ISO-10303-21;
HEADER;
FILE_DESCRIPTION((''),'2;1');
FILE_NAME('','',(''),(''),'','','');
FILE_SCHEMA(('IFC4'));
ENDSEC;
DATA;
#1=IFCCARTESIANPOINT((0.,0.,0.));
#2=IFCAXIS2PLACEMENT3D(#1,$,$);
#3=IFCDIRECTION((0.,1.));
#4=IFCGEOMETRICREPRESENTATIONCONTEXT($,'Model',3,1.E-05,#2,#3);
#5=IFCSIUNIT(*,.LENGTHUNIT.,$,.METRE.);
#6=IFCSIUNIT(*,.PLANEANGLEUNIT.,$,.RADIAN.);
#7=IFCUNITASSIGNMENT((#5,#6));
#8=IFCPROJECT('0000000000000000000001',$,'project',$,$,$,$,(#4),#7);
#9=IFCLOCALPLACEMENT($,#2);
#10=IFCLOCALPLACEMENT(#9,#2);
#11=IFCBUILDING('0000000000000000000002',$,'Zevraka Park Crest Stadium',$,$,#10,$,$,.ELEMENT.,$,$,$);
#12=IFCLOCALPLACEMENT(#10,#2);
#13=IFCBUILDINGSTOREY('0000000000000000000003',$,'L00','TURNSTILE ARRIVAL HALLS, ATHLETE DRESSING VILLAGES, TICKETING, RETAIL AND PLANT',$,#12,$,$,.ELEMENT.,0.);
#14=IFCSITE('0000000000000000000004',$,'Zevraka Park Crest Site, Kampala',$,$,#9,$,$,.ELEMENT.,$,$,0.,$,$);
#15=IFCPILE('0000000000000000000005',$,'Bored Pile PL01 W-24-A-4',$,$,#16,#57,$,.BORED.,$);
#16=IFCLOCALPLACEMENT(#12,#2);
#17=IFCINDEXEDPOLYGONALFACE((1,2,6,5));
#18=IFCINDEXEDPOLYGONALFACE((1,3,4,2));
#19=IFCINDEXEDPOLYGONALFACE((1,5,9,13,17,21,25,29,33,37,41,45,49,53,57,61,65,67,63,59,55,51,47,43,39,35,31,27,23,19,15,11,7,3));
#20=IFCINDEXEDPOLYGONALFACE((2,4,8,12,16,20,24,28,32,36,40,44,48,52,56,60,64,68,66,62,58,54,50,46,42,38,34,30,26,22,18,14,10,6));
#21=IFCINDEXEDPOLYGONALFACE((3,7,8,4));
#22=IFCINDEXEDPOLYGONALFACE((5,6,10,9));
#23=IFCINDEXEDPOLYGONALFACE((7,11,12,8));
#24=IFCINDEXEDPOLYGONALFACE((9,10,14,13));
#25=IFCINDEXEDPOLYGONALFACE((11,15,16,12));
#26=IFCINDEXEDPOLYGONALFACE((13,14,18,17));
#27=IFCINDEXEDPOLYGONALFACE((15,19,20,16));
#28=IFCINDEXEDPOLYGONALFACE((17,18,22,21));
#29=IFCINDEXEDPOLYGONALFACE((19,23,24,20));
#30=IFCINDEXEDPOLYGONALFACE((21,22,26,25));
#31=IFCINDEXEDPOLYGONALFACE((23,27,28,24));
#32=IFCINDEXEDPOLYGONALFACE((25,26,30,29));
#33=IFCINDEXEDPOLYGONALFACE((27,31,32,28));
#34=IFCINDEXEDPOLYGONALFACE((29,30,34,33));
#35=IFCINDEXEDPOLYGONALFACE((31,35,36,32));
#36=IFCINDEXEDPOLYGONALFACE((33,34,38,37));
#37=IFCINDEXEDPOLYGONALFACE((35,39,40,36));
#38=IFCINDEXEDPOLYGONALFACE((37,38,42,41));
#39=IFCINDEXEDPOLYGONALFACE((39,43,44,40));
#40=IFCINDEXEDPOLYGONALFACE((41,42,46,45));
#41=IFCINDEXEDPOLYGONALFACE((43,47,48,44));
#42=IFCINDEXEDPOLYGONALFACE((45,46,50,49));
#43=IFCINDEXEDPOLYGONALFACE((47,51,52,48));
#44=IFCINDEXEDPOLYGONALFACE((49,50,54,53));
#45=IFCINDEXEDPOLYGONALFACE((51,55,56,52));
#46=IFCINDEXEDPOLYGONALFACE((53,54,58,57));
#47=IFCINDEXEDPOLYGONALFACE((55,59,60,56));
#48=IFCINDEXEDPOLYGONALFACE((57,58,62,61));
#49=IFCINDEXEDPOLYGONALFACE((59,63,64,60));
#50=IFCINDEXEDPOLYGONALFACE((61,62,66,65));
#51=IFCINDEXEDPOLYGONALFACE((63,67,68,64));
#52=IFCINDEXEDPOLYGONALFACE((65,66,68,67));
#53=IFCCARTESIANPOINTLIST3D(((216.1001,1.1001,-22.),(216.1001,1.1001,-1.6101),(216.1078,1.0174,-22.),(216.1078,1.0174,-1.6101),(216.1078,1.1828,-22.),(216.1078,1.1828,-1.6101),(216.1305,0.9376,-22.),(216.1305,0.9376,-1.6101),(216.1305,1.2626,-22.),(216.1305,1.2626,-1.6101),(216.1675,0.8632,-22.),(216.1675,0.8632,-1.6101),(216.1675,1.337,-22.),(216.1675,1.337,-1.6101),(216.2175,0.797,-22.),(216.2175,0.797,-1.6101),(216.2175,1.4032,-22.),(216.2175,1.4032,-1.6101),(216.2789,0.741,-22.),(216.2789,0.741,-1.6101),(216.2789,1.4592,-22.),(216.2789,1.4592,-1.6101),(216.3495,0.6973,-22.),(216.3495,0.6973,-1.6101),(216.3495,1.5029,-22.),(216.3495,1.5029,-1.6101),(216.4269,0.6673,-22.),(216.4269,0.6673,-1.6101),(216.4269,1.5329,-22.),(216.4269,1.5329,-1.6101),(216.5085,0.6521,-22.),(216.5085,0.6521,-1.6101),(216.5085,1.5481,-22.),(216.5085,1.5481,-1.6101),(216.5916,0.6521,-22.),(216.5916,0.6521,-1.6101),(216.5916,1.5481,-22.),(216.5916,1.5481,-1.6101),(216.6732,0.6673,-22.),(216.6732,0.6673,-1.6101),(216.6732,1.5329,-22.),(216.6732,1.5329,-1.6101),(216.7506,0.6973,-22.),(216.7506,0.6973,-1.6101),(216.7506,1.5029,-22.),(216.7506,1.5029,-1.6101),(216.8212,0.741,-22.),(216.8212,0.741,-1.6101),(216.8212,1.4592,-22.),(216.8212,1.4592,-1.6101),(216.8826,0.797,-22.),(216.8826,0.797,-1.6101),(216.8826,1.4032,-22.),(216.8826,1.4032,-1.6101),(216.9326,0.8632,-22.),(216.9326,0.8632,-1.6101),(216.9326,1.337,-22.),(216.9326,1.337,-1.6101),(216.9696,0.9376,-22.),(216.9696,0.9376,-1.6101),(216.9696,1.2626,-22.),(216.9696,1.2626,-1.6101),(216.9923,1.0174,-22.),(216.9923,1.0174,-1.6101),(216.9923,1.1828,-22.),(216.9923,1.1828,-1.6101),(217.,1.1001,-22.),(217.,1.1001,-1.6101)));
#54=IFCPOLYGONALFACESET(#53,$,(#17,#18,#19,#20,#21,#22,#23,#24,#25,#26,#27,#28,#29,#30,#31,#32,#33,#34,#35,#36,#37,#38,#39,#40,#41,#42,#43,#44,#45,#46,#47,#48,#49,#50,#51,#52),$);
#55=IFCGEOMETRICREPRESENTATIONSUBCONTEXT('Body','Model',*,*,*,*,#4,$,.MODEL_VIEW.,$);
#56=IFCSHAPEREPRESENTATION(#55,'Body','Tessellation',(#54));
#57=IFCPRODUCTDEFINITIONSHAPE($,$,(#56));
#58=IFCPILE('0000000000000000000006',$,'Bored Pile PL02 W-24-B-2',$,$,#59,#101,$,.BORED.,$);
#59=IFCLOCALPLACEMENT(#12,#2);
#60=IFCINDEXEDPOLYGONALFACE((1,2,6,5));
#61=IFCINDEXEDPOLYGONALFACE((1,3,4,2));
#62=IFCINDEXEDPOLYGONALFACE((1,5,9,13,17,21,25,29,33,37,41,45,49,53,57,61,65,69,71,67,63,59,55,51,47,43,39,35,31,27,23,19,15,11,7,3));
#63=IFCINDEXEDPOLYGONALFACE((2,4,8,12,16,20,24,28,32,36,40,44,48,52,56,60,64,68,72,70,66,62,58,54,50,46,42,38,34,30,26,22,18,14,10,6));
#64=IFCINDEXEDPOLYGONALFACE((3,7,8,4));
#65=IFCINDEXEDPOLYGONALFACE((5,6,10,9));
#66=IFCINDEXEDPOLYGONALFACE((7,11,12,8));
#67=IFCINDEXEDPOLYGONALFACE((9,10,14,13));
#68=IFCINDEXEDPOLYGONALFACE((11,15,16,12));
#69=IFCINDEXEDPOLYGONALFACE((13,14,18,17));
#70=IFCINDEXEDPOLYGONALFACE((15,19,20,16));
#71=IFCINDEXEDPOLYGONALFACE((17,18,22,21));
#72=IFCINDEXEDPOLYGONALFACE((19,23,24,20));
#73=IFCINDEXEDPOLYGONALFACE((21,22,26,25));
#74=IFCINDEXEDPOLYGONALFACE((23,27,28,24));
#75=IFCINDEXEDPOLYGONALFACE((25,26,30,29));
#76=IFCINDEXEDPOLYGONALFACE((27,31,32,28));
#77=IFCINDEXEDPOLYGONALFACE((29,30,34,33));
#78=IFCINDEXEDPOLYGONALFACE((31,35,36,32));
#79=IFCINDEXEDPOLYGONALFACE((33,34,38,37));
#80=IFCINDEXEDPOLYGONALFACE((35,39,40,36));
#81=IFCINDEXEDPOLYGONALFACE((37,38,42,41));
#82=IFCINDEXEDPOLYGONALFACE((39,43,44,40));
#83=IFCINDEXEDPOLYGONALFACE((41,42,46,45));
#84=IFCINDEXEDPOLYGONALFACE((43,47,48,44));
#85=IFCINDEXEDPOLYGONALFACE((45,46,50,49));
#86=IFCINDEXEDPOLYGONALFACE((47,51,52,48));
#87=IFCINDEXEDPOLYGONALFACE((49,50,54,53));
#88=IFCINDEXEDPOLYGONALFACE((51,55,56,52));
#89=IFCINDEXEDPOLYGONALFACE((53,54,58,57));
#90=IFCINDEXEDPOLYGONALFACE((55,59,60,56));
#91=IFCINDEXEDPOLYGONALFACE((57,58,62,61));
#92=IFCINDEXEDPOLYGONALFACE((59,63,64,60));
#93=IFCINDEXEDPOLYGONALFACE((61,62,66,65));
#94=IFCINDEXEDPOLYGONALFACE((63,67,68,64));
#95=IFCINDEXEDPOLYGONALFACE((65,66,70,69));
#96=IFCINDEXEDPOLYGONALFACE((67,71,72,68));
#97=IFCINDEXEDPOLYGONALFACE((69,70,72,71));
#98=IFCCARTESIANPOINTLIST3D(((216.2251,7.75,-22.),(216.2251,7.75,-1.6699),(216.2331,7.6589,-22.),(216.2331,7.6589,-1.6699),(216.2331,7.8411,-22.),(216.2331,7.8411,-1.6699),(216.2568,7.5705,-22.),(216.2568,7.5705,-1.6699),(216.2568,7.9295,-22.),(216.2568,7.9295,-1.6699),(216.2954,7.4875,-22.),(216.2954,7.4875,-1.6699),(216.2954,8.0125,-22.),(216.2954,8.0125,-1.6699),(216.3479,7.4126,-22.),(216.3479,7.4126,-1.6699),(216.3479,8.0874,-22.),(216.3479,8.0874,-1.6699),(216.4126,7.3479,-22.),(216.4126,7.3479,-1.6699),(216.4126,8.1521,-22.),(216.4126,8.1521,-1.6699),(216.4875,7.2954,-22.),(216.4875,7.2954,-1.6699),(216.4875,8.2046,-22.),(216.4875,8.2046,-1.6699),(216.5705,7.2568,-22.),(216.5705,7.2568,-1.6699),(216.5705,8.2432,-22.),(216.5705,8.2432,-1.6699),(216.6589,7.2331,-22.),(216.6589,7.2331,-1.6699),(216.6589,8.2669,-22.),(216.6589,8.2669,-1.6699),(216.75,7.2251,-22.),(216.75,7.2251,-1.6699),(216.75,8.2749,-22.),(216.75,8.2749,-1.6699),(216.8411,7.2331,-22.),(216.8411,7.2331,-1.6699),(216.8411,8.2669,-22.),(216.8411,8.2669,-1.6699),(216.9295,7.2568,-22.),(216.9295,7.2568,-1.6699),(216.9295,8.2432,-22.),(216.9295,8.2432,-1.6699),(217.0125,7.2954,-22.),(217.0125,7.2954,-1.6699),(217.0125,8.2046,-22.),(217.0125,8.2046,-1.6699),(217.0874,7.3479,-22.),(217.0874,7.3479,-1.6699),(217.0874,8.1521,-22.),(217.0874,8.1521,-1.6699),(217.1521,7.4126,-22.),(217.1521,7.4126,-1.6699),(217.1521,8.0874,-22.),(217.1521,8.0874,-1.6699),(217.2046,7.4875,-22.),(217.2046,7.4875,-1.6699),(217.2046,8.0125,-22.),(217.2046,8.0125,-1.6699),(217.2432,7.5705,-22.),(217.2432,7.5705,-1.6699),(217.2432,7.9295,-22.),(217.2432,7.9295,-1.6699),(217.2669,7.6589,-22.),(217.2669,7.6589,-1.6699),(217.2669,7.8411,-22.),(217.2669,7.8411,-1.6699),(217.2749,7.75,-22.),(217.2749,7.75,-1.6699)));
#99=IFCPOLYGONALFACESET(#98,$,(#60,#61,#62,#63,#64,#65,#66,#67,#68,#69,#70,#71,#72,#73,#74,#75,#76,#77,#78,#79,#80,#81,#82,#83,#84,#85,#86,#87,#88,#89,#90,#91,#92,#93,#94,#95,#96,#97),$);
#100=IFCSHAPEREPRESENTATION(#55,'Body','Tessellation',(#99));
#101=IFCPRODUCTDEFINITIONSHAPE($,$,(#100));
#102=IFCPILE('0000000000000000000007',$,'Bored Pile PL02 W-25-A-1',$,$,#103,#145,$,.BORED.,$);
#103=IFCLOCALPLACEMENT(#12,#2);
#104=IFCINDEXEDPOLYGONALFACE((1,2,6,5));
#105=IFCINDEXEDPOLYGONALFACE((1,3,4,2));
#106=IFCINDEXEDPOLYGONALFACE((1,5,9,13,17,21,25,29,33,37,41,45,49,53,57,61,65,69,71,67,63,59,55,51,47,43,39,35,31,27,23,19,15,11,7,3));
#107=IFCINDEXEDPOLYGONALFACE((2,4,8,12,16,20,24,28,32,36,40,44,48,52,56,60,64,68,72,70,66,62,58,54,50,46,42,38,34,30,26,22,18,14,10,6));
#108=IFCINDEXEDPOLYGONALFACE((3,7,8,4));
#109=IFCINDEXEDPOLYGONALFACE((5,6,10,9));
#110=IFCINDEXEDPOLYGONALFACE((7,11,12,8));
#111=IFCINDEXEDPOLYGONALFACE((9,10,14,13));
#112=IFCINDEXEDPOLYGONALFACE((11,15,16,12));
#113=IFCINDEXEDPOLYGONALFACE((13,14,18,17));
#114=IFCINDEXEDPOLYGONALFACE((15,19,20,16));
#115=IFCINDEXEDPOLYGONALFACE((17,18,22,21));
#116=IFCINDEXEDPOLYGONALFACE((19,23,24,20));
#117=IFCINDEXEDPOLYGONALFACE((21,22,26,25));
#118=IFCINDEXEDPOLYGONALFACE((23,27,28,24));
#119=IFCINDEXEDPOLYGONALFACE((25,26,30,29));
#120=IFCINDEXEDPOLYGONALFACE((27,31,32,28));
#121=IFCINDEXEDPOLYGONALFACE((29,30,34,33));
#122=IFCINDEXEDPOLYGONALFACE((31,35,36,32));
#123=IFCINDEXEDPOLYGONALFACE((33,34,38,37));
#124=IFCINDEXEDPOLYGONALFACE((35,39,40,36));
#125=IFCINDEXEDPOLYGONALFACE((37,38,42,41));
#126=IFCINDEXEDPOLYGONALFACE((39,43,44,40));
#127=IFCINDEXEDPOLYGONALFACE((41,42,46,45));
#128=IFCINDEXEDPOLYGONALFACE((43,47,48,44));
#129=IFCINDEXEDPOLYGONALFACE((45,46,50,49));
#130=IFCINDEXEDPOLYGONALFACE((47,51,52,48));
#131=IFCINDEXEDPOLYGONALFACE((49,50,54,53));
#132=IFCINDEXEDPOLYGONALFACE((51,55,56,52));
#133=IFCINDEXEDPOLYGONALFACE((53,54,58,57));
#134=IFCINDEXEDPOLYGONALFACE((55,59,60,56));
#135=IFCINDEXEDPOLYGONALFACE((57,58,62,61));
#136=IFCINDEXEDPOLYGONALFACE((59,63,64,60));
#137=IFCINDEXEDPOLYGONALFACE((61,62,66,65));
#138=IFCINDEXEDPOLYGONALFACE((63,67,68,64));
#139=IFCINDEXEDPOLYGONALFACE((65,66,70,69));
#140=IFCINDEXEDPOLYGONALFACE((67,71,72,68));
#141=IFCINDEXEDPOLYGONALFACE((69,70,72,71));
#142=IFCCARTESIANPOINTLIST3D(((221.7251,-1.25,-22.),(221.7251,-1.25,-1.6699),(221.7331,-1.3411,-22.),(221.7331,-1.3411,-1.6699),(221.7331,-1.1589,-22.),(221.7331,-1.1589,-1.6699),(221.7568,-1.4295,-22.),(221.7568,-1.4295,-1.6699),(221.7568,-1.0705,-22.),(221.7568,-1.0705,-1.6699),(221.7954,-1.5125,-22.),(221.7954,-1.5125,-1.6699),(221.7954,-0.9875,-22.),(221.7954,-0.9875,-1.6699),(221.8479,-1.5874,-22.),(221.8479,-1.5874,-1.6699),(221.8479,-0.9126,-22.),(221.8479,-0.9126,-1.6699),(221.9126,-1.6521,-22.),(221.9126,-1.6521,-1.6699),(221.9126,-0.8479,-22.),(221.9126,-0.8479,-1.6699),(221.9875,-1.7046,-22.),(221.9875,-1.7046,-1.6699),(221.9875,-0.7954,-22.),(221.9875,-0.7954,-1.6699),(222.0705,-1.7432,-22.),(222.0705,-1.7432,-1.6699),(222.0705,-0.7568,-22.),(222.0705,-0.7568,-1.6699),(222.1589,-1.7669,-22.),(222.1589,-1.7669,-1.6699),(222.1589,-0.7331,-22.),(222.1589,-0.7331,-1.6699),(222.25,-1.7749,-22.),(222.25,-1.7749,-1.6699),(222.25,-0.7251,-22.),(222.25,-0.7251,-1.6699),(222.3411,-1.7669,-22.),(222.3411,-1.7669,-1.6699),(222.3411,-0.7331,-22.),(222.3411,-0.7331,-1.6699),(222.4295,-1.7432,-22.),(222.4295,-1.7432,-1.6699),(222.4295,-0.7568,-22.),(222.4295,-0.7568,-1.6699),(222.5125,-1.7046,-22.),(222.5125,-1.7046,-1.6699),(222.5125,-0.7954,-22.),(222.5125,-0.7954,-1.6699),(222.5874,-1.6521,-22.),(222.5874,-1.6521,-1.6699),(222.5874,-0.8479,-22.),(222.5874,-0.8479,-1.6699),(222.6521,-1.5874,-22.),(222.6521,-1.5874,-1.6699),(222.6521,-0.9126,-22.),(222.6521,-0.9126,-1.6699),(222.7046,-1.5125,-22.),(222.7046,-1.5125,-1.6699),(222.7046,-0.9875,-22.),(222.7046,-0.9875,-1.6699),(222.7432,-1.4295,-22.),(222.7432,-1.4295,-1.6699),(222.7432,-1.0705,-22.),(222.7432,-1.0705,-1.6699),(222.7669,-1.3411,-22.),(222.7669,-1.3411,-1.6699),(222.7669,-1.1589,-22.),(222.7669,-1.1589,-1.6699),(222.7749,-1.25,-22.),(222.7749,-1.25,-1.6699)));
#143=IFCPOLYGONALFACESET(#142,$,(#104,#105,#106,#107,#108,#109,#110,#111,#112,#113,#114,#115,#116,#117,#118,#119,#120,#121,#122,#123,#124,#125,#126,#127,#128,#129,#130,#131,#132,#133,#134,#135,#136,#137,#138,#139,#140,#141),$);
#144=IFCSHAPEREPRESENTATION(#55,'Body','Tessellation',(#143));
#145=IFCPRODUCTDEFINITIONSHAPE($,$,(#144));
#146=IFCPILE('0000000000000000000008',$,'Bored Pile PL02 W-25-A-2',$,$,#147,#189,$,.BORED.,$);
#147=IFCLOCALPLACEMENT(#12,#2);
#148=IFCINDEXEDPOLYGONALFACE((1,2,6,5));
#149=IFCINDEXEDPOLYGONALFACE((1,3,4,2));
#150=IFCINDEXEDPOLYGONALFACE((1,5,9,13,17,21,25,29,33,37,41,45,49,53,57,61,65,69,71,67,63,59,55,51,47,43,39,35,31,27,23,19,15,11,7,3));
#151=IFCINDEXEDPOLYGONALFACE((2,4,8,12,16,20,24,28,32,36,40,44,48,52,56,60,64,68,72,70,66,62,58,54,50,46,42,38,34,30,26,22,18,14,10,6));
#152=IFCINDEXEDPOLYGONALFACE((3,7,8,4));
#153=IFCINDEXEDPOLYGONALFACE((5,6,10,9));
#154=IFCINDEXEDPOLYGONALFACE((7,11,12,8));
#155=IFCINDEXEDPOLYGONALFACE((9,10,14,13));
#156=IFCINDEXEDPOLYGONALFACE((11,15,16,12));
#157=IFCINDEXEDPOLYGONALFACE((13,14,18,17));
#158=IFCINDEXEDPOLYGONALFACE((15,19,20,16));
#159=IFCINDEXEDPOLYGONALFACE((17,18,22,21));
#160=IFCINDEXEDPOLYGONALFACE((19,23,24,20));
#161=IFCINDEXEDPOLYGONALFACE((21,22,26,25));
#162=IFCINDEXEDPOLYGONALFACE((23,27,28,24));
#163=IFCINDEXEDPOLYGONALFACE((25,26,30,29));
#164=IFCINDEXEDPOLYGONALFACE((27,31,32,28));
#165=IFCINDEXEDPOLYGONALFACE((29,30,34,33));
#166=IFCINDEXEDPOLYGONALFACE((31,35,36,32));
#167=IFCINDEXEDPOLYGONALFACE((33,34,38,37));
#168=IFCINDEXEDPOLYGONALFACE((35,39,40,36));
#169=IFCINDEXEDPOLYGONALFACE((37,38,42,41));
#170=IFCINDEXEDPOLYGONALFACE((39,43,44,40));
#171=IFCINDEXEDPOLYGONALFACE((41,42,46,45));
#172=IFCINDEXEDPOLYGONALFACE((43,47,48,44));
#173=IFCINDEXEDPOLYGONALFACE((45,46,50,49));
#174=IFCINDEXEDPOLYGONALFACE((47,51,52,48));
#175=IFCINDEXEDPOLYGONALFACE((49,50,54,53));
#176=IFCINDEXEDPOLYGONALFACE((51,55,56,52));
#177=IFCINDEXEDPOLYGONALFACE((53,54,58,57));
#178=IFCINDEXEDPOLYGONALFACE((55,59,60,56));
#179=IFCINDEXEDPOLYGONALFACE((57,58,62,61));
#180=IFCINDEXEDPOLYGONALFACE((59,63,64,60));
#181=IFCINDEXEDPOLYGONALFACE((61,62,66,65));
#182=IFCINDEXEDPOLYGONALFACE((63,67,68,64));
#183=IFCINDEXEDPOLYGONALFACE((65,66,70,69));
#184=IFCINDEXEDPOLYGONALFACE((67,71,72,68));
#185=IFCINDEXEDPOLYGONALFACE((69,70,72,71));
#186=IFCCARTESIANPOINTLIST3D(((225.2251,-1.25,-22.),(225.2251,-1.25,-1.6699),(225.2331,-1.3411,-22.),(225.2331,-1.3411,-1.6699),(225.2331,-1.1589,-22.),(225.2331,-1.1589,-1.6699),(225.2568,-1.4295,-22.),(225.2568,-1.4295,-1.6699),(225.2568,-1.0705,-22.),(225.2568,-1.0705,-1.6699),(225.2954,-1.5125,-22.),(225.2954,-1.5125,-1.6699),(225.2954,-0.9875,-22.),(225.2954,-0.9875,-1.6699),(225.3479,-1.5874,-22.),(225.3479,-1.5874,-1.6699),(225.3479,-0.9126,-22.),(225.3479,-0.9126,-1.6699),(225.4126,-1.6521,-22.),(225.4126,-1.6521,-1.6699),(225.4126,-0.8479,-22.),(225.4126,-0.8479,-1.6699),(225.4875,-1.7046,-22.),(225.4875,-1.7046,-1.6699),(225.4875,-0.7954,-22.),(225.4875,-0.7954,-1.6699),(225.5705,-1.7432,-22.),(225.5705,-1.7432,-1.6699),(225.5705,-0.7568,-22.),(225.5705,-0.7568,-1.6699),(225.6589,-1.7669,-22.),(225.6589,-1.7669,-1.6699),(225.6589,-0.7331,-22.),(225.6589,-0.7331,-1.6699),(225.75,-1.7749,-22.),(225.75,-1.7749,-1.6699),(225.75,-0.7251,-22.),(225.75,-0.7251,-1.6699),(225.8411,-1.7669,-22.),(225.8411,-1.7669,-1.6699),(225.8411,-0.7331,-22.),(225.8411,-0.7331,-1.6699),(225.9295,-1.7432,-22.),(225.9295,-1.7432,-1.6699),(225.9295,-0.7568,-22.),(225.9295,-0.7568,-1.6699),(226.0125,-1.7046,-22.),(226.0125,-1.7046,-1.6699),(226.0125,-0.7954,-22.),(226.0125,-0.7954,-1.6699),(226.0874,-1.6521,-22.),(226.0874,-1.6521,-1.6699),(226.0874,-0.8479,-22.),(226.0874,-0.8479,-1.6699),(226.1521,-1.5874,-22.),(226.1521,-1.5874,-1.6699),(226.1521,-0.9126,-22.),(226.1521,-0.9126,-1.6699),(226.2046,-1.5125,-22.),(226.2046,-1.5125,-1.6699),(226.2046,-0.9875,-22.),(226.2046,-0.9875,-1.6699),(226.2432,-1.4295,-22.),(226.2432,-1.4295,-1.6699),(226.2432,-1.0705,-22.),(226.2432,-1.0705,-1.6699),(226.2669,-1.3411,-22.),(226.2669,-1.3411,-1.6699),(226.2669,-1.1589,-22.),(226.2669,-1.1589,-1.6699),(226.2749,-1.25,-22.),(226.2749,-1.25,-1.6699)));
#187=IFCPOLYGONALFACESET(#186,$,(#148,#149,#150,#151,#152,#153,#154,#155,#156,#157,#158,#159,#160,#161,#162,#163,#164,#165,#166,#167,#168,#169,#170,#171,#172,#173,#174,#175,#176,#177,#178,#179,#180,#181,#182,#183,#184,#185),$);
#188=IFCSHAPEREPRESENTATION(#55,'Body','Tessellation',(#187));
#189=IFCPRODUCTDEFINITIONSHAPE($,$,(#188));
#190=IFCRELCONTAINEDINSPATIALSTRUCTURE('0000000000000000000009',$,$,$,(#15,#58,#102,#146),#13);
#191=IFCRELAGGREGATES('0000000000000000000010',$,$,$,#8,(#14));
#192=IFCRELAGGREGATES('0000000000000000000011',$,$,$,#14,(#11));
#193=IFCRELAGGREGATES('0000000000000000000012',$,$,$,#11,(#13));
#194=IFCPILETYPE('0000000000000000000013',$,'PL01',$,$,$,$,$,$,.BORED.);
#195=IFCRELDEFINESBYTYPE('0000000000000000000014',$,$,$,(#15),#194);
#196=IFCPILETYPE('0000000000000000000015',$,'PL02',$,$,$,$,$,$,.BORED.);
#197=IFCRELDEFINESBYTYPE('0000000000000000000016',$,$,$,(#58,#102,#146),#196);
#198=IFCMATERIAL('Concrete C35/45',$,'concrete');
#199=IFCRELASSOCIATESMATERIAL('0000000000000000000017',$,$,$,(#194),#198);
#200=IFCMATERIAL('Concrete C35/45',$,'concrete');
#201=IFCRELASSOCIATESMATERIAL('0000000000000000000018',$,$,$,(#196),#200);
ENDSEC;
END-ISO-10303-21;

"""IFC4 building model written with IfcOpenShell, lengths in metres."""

from ifc_helpers import new_model, si_unit, direction, frame, origin, origin_2d, place, context, subcontext, project, spatial, circle, extrude, material, material_profile, profile_set, type_object, element, save


model = new_model("IFC4")

# Units and contexts
model_context = context("Model", 3, precision=1e-05, world=origin(), true_north=direction((0.0, 1.0)))
body_context = subcontext(model_context, "Body", "Model", "MODEL_VIEW")
ifc_project = project(units=[si_unit("LENGTHUNIT", "METRE"), si_unit("PLANEANGLEUNIT", "RADIAN")], contexts=[model_context])

# Site, building, storey
site_placement = place(None, origin())
site = spatial("IfcSite", under=ifc_project, at=site_placement, Name="Zevraka Park Crest Site, Kampala", CompositionType="ELEMENT", RefElevation=0.0)
building_placement = place(site_placement, origin())
building = spatial("IfcBuilding", under=site, at=building_placement, Name="Zevraka Park Crest Stadium", CompositionType="ELEMENT")
storey_placement = place(building_placement, origin())
storey = spatial("IfcBuildingStorey", under=building, at=storey_placement, Name="L00", Description="TURNSTILE ARRIVAL HALLS, ATHLETE DRESSING VILLAGES, TICKETING, RETAIL AND PLANT", CompositionType="ELEMENT", Elevation=0.0)

# Piles
ifc_material_1 = material(Name="Concrete C35/45", Category="concrete")
ifc_material_profile_1 = material_profile(ifc_material_1, circle(Radius=0.45, at=origin_2d()), Name="PILE D900")
ifc_profile_set_1 = profile_set([ifc_material_profile_1], Name="Concrete C35/45")
pile_type_1 = type_object("IfcPileType", Name="PL01", PredefinedType="BORED", material=ifc_profile_set_1)
for number, where, z_axis, x_axis, name in (
    (1, (216.55, 1.1001, -1.6101), (0.0, 0.0, -1.0), (1.0, 0.0, 0.0), "Bored Pile PL01 W-24-A-4"),
):
    element("IfcPile", number, at=place(storey_placement, frame(where, z_axis=z_axis, x_axis=x_axis)), inside=storey, type_object=pile_type_1, Name=name, PredefinedType="BORED", context=body_context, shape_type="SweptSolid", body=[
        extrude(circle(Radius=0.45, at=origin_2d()), origin(), (0.0, 0.0, 1.0), 20.3899),
    ])
ifc_material_2 = material(Name="Concrete C35/45", Category="concrete")
ifc_material_profile_2 = material_profile(ifc_material_2, circle(Radius=0.5249, at=origin_2d()), Name="PILE D1050")
ifc_profile_set_2 = profile_set([ifc_material_profile_2], Name="Concrete C35/45")
pile_type_2 = type_object("IfcPileType", Name="PL02", PredefinedType="BORED", material=ifc_profile_set_2)
for number, where, z_axis, x_axis, name in (
    (2, (216.75, 7.75, -1.6699), (0.0, 0.0, -1.0), (1.0, 0.0, 0.0), "Bored Pile PL02 W-24-B-2"),
    (3, (222.25, -1.25, -1.6699), (0.0, 0.0, -1.0), (1.0, 0.0, 0.0), "Bored Pile PL02 W-25-A-1"),
    (4, (225.75, -1.25, -1.6699), (0.0, 0.0, -1.0), (1.0, 0.0, 0.0), "Bored Pile PL02 W-25-A-2"),
):
    element("IfcPile", number, at=place(storey_placement, frame(where, z_axis=z_axis, x_axis=x_axis)), inside=storey, type_object=pile_type_2, Name=name, PredefinedType="BORED", context=body_context, shape_type="SweptSolid", body=[
        extrude(circle(Radius=0.5249, at=origin_2d()), origin(), (0.0, 0.0, 1.0), 20.3301),
    ])

save(model, "model.ifc")
